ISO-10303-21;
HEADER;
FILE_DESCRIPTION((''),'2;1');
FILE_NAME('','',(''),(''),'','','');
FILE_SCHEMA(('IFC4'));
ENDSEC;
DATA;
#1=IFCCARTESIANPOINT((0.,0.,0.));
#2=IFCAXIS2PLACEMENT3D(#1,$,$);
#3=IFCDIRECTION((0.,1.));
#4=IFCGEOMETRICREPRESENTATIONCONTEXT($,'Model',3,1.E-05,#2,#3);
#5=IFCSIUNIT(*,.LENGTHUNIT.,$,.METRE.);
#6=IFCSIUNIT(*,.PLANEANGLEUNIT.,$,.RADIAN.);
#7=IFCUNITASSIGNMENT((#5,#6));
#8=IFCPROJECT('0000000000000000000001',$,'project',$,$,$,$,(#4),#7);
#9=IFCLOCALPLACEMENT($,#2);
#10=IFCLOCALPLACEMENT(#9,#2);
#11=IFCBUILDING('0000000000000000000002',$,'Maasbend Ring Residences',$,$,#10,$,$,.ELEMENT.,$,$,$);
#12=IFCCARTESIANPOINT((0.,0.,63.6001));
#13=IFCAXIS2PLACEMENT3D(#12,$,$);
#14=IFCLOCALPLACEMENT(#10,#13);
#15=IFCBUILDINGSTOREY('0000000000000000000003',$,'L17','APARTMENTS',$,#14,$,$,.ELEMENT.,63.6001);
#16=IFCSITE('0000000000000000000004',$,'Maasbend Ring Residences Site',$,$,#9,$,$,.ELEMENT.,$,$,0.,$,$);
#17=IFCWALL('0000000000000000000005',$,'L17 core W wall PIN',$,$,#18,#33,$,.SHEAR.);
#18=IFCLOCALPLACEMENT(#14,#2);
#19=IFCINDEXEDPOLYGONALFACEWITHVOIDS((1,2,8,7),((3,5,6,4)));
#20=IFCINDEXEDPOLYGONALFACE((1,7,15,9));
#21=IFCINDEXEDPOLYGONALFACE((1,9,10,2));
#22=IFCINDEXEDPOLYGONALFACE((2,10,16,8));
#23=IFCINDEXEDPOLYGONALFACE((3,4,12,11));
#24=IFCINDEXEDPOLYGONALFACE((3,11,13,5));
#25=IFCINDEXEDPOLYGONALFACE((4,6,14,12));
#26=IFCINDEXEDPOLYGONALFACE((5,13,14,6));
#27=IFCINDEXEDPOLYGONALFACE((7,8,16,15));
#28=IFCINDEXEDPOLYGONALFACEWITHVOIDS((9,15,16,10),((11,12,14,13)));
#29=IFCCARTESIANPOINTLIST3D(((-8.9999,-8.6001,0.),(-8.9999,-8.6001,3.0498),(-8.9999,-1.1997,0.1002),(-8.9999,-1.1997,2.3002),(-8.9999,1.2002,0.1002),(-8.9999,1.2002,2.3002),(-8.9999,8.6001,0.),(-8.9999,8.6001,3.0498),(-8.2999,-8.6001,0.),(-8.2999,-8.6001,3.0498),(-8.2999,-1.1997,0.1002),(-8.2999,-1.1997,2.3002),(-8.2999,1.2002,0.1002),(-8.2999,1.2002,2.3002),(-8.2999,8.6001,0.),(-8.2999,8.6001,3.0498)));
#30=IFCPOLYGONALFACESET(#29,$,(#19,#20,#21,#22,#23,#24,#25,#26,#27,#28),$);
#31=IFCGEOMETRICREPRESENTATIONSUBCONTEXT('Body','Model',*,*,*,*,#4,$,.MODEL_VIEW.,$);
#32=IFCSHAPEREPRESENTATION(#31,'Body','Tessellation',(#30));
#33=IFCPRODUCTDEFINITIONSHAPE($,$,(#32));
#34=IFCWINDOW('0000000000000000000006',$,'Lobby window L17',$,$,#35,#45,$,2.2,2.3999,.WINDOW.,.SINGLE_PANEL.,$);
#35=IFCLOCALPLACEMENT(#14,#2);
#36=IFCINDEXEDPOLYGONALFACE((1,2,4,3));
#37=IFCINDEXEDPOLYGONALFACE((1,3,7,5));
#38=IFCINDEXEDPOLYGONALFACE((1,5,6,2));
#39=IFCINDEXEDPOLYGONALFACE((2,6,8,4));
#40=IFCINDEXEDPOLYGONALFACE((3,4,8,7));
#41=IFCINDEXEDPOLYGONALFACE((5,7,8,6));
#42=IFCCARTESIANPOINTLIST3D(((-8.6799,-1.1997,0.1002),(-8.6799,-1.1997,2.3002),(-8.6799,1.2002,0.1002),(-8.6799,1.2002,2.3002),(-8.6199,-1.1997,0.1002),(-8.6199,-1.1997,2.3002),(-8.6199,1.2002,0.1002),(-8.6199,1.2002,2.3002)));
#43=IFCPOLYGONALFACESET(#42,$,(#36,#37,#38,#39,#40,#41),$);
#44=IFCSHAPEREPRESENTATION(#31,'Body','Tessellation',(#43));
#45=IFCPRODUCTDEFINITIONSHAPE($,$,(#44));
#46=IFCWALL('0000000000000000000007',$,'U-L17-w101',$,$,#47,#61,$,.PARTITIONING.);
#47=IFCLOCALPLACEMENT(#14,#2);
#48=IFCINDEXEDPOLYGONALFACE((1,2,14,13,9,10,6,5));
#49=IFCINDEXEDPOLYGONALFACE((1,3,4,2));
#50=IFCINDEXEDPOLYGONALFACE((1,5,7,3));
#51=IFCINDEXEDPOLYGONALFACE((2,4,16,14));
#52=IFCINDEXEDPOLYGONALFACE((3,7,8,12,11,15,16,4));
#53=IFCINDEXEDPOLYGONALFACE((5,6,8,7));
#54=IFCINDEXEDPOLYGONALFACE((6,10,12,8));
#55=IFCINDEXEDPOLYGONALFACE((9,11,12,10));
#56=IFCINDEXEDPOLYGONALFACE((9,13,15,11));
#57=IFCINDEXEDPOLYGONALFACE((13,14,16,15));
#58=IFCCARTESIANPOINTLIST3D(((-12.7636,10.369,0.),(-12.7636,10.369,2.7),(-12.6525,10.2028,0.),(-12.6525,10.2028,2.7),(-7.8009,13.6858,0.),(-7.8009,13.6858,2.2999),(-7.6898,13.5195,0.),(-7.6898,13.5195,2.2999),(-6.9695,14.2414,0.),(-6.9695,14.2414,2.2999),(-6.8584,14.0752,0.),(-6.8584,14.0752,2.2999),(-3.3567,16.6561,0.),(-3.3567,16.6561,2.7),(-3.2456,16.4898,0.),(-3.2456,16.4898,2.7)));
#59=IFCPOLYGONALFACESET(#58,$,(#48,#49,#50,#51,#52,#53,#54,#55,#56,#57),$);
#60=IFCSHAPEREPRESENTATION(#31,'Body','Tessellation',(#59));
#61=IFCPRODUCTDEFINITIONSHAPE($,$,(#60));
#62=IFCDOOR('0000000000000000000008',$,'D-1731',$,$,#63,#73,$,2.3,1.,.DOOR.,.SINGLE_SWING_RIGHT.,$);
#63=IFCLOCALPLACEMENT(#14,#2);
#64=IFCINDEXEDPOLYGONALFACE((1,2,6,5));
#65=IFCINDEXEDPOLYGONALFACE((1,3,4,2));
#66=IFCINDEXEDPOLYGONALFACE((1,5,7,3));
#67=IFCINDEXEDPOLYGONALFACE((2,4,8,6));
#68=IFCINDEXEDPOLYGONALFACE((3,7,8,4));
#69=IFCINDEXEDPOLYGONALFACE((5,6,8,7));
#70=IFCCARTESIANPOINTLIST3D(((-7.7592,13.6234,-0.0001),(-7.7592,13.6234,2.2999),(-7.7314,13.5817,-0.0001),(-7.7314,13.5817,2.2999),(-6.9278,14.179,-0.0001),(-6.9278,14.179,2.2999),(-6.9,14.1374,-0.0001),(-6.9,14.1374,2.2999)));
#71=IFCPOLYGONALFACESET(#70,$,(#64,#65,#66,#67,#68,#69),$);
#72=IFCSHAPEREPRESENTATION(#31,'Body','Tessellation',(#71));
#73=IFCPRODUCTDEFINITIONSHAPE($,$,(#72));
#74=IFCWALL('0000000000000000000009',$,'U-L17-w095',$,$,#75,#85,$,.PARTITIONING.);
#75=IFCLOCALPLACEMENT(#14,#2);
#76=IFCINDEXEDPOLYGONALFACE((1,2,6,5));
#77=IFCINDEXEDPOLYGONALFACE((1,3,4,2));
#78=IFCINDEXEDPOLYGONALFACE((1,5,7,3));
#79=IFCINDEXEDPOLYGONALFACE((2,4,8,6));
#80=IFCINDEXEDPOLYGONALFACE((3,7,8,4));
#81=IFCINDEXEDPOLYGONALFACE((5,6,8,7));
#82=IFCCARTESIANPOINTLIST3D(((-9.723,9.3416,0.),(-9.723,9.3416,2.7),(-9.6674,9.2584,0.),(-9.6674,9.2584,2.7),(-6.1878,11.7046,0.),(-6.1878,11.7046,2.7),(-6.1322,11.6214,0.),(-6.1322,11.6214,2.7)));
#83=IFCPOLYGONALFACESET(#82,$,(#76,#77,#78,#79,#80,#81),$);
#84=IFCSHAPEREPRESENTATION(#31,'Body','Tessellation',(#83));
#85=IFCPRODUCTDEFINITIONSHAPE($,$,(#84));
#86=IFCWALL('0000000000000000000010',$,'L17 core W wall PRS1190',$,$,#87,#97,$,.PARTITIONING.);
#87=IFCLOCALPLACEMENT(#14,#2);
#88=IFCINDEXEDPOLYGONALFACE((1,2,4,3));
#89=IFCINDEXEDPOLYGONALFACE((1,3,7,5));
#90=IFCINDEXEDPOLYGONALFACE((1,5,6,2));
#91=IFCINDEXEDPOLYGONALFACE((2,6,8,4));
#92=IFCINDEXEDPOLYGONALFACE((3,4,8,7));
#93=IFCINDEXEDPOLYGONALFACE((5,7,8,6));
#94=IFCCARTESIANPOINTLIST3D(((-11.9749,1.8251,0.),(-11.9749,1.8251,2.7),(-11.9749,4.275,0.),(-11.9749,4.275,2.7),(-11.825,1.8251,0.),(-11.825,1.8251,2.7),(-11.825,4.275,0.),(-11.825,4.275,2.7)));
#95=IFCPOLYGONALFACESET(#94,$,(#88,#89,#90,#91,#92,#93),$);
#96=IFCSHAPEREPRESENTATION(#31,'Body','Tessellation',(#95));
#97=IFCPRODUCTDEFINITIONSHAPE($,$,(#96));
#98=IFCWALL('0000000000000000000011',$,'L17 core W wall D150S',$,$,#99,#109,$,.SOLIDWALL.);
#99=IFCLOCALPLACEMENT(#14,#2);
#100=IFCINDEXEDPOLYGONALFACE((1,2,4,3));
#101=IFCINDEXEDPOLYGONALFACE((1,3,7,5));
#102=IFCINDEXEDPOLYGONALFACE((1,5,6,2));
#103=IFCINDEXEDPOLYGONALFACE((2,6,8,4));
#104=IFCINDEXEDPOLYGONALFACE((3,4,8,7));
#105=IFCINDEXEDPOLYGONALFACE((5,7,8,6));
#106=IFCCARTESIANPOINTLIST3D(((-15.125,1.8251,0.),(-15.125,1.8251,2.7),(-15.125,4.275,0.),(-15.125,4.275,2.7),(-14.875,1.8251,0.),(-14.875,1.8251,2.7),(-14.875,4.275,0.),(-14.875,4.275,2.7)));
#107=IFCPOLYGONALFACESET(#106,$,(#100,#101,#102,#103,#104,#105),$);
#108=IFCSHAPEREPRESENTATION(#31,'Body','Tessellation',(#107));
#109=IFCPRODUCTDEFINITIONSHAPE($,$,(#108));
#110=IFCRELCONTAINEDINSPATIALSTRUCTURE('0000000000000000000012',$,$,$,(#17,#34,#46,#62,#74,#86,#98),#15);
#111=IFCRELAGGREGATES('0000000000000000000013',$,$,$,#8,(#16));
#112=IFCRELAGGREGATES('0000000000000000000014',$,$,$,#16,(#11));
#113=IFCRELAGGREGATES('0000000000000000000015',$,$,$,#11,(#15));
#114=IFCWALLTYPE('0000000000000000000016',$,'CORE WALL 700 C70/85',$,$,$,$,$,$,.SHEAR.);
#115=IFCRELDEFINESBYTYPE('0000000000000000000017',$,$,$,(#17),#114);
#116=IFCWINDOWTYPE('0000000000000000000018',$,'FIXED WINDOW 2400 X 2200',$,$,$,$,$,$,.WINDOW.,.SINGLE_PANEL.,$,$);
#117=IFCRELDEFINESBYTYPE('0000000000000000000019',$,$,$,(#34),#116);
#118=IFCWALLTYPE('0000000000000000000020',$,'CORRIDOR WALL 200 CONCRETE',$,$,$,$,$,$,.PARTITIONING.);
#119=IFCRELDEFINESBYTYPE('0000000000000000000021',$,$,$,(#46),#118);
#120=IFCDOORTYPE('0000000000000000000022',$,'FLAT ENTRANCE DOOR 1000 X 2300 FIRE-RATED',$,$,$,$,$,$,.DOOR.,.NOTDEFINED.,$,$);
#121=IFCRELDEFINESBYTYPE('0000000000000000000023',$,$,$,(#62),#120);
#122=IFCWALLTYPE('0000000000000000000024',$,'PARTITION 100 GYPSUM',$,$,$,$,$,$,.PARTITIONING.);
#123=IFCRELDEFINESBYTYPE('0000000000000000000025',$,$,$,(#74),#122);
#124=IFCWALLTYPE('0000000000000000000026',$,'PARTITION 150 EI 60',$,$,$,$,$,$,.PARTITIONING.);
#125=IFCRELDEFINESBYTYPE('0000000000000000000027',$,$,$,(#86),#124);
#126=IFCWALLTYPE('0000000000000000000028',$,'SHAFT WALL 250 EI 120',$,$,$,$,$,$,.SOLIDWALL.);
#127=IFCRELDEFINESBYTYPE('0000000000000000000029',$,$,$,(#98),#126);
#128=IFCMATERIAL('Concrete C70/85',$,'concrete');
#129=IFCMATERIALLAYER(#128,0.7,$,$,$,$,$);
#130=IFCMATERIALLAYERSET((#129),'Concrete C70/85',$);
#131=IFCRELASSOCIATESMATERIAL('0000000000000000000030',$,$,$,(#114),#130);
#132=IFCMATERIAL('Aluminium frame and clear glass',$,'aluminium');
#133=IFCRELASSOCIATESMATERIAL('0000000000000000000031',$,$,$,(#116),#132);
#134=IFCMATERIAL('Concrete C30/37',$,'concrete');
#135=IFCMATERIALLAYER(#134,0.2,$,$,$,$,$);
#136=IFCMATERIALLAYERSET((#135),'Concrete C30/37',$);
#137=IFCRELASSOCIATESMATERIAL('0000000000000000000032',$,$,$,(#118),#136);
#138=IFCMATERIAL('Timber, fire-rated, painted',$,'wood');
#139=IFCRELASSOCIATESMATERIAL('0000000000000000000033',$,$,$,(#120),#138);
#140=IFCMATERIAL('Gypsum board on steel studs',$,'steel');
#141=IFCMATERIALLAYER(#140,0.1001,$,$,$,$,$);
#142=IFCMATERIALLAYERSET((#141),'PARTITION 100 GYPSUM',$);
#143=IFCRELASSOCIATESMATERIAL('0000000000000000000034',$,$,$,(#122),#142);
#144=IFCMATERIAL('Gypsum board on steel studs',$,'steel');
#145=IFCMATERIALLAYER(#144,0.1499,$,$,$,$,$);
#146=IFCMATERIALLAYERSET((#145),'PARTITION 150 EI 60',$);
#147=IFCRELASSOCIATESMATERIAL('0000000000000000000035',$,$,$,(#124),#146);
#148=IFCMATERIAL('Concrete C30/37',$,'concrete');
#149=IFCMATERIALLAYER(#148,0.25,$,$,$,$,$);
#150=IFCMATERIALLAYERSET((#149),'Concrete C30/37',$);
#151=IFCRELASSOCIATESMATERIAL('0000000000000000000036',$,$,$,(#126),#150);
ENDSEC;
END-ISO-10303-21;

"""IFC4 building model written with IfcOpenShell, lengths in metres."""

from ifc_helpers import new_model, si_unit, direction, frame, frame_2d, origin, place, context, subcontext, project, spatial, rectangle, extrude, material, layer, layer_set, type_object, element, fill, save


model = new_model("IFC4")

# Units and contexts
model_context = context("Model", 3, precision=1e-05, world=origin(), true_north=direction((0.0, 1.0)))
body_context = subcontext(model_context, "Body", "Model", "MODEL_VIEW")
ifc_project = project(units=[si_unit("LENGTHUNIT", "METRE"), si_unit("PLANEANGLEUNIT", "RADIAN")], contexts=[model_context])

# Site, building, storey
site_placement = place(None, origin())
site = spatial("IfcSite", under=ifc_project, at=site_placement, Name="Maasbend Ring Residences Site", CompositionType="ELEMENT", RefElevation=0.0)
building_placement = place(site_placement, origin())
building = spatial("IfcBuilding", under=site, at=building_placement, Name="Maasbend Ring Residences", CompositionType="ELEMENT")
storey_placement = place(building_placement, frame((0.0, 0.0, 63.6001)))
storey = spatial("IfcBuildingStorey", under=building, at=storey_placement, Name="L17", Description="APARTMENTS", CompositionType="ELEMENT", Elevation=63.6001)

# Shared definitions
ifc_material_1 = material(Name="Concrete C70/85", Category="concrete")
ifc_layer_1 = layer(ifc_material_1, 0.7)
ifc_layer_set_1 = layer_set([ifc_layer_1], Name="Concrete C70/85")
wall_type_1 = type_object("IfcWallType", Name="CORE WALL 700 C70/85", PredefinedType="SHEAR", material=ifc_layer_set_1)

# Wall, opening, window
wall_1_placement = place(storey_placement, frame((-8.6499, 8.6001, 0.0), z_axis=(0.0, 0.0, 1.0), x_axis=(0.0, -1.0, 0.0)))
wall_1 = element("IfcWall", 1, at=wall_1_placement, inside=storey, type_object=wall_type_1, Name="L17 core W wall PIN", PredefinedType="SHEAR", context=body_context, shape_type="SweptSolid", body=[
    extrude(rectangle(XDim=17.2002, YDim=0.7, at=frame_2d((8.6001, 0.0))), origin(), (0.0, 0.0, 1.0), 3.0498),
])
opening_1_placement = place(wall_1_placement, frame((7.3999, 0.0, 0.1001)))
opening_1 = element("IfcOpeningElement", 2, at=opening_1_placement, cuts=wall_1, PredefinedType="OPENING", context=body_context, shape_type="SweptSolid", body=[
    extrude(rectangle(XDim=2.3999, YDim=2.2, at=frame_2d((1.2, 1.1001))), frame((0.0, 0.3599, 0.0), z_axis=(0.0, -1.0, 0.0), x_axis=(1.0, 0.0, 0.0)), (0.0, 0.0, 1.0), 0.72),
])
ifc_material_2 = material(Name="Aluminium frame and clear glass", Category="aluminium")
window_type = type_object("IfcWindowType", Name="FIXED WINDOW 2400 X 2200", PartitioningType="SINGLE_PANEL", PredefinedType="WINDOW", material=ifc_material_2)
window_placement = place(opening_1_placement, origin())
window = element("IfcWindow", 3, at=window_placement, inside=storey, type_object=window_type, Name="Lobby window L17", OverallHeight=2.2, OverallWidth=2.3999, PartitioningType="SINGLE_PANEL", PredefinedType="WINDOW", context=body_context, shape_type="SweptSolid", body=[
    extrude(rectangle(XDim=2.3999, YDim=2.2, at=frame_2d((1.2, 1.1001))), frame((0.0, 0.03, 0.0), z_axis=(0.0, -1.0, 0.0), x_axis=(1.0, 0.0, 0.0)), (0.0, 0.0, 1.0), 0.0601),
])
fill(opening_1, window)

# Wall, opening, door
ifc_material_3 = material(Name="Concrete C30/37", Category="concrete")
ifc_layer_2 = layer(ifc_material_3, 0.2)
ifc_layer_set_2 = layer_set([ifc_layer_2], Name="Concrete C30/37")
wall_type_2 = type_object("IfcWallType", Name="CORRIDOR WALL 200 CONCRETE", PredefinedType="PARTITIONING", material=ifc_layer_set_2)
wall_2_placement = place(storey_placement, frame((-12.708, 10.2859, 0.0), z_axis=(0.0, 0.0, 1.0), x_axis=(0.831406, 0.555666, 0.0)))
wall_2 = element("IfcWall", 4, at=wall_2_placement, inside=storey, type_object=wall_type_2, Name="U-L17-w101", PredefinedType="PARTITIONING", context=body_context, shape_type="SweptSolid", body=[
    extrude(rectangle(XDim=11.3145, YDim=0.2, at=frame_2d((5.6572, 0.0))), origin(), (0.0, 0.0, 1.0), 2.7),
])
opening_2_placement = place(wall_2_placement, frame((5.969, 0.0, 0.0)))
opening_2 = element("IfcOpeningElement", 5, at=opening_2_placement, cuts=wall_2, PredefinedType="OPENING", context=body_context, shape_type="SweptSolid", body=[
    extrude(rectangle(XDim=1.0, YDim=2.3, at=frame_2d((0.5, 1.1499))), frame((0.0, 0.1099, 0.0), z_axis=(0.0, -1.0, 0.0), x_axis=(1.0, 0.0, 0.0)), (0.0, 0.0, 1.0), 0.22),
])
ifc_material_4 = material(Name="Timber, fire-rated, painted", Category="wood")
door_type_1 = type_object("IfcDoorType", Name="FLAT ENTRANCE DOOR 1000 X 2300 FIRE-RATED", OperationType="NOTDEFINED", PredefinedType="DOOR", material=ifc_material_4)
door_1_placement = place(opening_2_placement, origin())
door_1 = element("IfcDoor", 6, at=door_1_placement, inside=storey, type_object=door_type_1, Name="D-1731", OperationType="SINGLE_SWING_RIGHT", OverallHeight=2.3, OverallWidth=1.0, PredefinedType="DOOR", context=body_context, shape_type="SweptSolid", body=[
    extrude(rectangle(XDim=1.0, YDim=2.3, at=frame_2d((0.5, 1.1499))), frame((0.0, 0.0249, 0.0), z_axis=(0.0, -1.0, 0.0), x_axis=(1.0, 0.0, 0.0)), (0.0, 0.0, 1.0), 0.05),
])
fill(opening_2, door_1)

# Walls
ifc_material_5 = material(Name="Gypsum board on steel studs", Category="steel")
ifc_layer_3 = layer(ifc_material_5, 0.1001)
ifc_layer_set_3 = layer_set([ifc_layer_3], Name="PARTITION 100 GYPSUM")
wall_type_3 = type_object("IfcWallType", Name="PARTITION 100 GYPSUM", PredefinedType="PARTITIONING", material=ifc_layer_set_3)
wall_3_placement = place(storey_placement, frame((-9.6951, 9.3, 0.0), z_axis=(0.0, 0.0, 1.0), x_axis=(0.83137, 0.55572, 0.0)))
element("IfcWall", 7, at=wall_3_placement, inside=storey, type_object=wall_type_3, Name="U-L17-w095", PredefinedType="PARTITIONING", context=body_context, shape_type="SweptSolid", body=[
    extrude(rectangle(XDim=4.2522, YDim=0.1001, at=frame_2d((2.126, 0.0))), origin(), (0.0, 0.0, 1.0), 2.7),
])
ifc_material_6 = material(Name="Gypsum board on steel studs", Category="steel")
ifc_layer_4 = layer(ifc_material_6, 0.1499)
ifc_layer_set_4 = layer_set([ifc_layer_4], Name="PARTITION 150 EI 60")
wall_type_4 = type_object("IfcWallType", Name="PARTITION 150 EI 60", PredefinedType="PARTITIONING", material=ifc_layer_set_4)
wall_4_placement = place(storey_placement, frame((-11.8999, 1.825, 0.0), z_axis=(0.0, 0.0, 1.0), x_axis=(0.0, 1.0, 0.0)))
element("IfcWall", 8, at=wall_4_placement, inside=storey, type_object=wall_type_4, Name="L17 core W wall PRS1190", PredefinedType="PARTITIONING", context=body_context, shape_type="SweptSolid", body=[
    extrude(rectangle(XDim=2.45, YDim=0.1499, at=frame_2d((1.2251, 0.0))), origin(), (0.0, 0.0, 1.0), 2.7),
])
ifc_material_7 = material(Name="Concrete C30/37", Category="concrete")
ifc_layer_5 = layer(ifc_material_7, 0.25)
ifc_layer_set_5 = layer_set([ifc_layer_5], Name="Concrete C30/37")
wall_type_5 = type_object("IfcWallType", Name="SHAFT WALL 250 EI 120", PredefinedType="SOLIDWALL", material=ifc_layer_set_5)
wall_5_placement = place(storey_placement, frame((-15.0, 1.825, 0.0), z_axis=(0.0, 0.0, 1.0), x_axis=(0.0, 1.0, 0.0)))
element("IfcWall", 9, at=wall_5_placement, inside=storey, type_object=wall_type_5, Name="L17 core W wall D150S", PredefinedType="SOLIDWALL", context=body_context, shape_type="SweptSolid", body=[
    extrude(rectangle(XDim=2.45, YDim=0.25, at=frame_2d((1.2251, 0.0))), origin(), (0.0, 0.0, 1.0), 2.7),
])

save(model, "model.ifc")
